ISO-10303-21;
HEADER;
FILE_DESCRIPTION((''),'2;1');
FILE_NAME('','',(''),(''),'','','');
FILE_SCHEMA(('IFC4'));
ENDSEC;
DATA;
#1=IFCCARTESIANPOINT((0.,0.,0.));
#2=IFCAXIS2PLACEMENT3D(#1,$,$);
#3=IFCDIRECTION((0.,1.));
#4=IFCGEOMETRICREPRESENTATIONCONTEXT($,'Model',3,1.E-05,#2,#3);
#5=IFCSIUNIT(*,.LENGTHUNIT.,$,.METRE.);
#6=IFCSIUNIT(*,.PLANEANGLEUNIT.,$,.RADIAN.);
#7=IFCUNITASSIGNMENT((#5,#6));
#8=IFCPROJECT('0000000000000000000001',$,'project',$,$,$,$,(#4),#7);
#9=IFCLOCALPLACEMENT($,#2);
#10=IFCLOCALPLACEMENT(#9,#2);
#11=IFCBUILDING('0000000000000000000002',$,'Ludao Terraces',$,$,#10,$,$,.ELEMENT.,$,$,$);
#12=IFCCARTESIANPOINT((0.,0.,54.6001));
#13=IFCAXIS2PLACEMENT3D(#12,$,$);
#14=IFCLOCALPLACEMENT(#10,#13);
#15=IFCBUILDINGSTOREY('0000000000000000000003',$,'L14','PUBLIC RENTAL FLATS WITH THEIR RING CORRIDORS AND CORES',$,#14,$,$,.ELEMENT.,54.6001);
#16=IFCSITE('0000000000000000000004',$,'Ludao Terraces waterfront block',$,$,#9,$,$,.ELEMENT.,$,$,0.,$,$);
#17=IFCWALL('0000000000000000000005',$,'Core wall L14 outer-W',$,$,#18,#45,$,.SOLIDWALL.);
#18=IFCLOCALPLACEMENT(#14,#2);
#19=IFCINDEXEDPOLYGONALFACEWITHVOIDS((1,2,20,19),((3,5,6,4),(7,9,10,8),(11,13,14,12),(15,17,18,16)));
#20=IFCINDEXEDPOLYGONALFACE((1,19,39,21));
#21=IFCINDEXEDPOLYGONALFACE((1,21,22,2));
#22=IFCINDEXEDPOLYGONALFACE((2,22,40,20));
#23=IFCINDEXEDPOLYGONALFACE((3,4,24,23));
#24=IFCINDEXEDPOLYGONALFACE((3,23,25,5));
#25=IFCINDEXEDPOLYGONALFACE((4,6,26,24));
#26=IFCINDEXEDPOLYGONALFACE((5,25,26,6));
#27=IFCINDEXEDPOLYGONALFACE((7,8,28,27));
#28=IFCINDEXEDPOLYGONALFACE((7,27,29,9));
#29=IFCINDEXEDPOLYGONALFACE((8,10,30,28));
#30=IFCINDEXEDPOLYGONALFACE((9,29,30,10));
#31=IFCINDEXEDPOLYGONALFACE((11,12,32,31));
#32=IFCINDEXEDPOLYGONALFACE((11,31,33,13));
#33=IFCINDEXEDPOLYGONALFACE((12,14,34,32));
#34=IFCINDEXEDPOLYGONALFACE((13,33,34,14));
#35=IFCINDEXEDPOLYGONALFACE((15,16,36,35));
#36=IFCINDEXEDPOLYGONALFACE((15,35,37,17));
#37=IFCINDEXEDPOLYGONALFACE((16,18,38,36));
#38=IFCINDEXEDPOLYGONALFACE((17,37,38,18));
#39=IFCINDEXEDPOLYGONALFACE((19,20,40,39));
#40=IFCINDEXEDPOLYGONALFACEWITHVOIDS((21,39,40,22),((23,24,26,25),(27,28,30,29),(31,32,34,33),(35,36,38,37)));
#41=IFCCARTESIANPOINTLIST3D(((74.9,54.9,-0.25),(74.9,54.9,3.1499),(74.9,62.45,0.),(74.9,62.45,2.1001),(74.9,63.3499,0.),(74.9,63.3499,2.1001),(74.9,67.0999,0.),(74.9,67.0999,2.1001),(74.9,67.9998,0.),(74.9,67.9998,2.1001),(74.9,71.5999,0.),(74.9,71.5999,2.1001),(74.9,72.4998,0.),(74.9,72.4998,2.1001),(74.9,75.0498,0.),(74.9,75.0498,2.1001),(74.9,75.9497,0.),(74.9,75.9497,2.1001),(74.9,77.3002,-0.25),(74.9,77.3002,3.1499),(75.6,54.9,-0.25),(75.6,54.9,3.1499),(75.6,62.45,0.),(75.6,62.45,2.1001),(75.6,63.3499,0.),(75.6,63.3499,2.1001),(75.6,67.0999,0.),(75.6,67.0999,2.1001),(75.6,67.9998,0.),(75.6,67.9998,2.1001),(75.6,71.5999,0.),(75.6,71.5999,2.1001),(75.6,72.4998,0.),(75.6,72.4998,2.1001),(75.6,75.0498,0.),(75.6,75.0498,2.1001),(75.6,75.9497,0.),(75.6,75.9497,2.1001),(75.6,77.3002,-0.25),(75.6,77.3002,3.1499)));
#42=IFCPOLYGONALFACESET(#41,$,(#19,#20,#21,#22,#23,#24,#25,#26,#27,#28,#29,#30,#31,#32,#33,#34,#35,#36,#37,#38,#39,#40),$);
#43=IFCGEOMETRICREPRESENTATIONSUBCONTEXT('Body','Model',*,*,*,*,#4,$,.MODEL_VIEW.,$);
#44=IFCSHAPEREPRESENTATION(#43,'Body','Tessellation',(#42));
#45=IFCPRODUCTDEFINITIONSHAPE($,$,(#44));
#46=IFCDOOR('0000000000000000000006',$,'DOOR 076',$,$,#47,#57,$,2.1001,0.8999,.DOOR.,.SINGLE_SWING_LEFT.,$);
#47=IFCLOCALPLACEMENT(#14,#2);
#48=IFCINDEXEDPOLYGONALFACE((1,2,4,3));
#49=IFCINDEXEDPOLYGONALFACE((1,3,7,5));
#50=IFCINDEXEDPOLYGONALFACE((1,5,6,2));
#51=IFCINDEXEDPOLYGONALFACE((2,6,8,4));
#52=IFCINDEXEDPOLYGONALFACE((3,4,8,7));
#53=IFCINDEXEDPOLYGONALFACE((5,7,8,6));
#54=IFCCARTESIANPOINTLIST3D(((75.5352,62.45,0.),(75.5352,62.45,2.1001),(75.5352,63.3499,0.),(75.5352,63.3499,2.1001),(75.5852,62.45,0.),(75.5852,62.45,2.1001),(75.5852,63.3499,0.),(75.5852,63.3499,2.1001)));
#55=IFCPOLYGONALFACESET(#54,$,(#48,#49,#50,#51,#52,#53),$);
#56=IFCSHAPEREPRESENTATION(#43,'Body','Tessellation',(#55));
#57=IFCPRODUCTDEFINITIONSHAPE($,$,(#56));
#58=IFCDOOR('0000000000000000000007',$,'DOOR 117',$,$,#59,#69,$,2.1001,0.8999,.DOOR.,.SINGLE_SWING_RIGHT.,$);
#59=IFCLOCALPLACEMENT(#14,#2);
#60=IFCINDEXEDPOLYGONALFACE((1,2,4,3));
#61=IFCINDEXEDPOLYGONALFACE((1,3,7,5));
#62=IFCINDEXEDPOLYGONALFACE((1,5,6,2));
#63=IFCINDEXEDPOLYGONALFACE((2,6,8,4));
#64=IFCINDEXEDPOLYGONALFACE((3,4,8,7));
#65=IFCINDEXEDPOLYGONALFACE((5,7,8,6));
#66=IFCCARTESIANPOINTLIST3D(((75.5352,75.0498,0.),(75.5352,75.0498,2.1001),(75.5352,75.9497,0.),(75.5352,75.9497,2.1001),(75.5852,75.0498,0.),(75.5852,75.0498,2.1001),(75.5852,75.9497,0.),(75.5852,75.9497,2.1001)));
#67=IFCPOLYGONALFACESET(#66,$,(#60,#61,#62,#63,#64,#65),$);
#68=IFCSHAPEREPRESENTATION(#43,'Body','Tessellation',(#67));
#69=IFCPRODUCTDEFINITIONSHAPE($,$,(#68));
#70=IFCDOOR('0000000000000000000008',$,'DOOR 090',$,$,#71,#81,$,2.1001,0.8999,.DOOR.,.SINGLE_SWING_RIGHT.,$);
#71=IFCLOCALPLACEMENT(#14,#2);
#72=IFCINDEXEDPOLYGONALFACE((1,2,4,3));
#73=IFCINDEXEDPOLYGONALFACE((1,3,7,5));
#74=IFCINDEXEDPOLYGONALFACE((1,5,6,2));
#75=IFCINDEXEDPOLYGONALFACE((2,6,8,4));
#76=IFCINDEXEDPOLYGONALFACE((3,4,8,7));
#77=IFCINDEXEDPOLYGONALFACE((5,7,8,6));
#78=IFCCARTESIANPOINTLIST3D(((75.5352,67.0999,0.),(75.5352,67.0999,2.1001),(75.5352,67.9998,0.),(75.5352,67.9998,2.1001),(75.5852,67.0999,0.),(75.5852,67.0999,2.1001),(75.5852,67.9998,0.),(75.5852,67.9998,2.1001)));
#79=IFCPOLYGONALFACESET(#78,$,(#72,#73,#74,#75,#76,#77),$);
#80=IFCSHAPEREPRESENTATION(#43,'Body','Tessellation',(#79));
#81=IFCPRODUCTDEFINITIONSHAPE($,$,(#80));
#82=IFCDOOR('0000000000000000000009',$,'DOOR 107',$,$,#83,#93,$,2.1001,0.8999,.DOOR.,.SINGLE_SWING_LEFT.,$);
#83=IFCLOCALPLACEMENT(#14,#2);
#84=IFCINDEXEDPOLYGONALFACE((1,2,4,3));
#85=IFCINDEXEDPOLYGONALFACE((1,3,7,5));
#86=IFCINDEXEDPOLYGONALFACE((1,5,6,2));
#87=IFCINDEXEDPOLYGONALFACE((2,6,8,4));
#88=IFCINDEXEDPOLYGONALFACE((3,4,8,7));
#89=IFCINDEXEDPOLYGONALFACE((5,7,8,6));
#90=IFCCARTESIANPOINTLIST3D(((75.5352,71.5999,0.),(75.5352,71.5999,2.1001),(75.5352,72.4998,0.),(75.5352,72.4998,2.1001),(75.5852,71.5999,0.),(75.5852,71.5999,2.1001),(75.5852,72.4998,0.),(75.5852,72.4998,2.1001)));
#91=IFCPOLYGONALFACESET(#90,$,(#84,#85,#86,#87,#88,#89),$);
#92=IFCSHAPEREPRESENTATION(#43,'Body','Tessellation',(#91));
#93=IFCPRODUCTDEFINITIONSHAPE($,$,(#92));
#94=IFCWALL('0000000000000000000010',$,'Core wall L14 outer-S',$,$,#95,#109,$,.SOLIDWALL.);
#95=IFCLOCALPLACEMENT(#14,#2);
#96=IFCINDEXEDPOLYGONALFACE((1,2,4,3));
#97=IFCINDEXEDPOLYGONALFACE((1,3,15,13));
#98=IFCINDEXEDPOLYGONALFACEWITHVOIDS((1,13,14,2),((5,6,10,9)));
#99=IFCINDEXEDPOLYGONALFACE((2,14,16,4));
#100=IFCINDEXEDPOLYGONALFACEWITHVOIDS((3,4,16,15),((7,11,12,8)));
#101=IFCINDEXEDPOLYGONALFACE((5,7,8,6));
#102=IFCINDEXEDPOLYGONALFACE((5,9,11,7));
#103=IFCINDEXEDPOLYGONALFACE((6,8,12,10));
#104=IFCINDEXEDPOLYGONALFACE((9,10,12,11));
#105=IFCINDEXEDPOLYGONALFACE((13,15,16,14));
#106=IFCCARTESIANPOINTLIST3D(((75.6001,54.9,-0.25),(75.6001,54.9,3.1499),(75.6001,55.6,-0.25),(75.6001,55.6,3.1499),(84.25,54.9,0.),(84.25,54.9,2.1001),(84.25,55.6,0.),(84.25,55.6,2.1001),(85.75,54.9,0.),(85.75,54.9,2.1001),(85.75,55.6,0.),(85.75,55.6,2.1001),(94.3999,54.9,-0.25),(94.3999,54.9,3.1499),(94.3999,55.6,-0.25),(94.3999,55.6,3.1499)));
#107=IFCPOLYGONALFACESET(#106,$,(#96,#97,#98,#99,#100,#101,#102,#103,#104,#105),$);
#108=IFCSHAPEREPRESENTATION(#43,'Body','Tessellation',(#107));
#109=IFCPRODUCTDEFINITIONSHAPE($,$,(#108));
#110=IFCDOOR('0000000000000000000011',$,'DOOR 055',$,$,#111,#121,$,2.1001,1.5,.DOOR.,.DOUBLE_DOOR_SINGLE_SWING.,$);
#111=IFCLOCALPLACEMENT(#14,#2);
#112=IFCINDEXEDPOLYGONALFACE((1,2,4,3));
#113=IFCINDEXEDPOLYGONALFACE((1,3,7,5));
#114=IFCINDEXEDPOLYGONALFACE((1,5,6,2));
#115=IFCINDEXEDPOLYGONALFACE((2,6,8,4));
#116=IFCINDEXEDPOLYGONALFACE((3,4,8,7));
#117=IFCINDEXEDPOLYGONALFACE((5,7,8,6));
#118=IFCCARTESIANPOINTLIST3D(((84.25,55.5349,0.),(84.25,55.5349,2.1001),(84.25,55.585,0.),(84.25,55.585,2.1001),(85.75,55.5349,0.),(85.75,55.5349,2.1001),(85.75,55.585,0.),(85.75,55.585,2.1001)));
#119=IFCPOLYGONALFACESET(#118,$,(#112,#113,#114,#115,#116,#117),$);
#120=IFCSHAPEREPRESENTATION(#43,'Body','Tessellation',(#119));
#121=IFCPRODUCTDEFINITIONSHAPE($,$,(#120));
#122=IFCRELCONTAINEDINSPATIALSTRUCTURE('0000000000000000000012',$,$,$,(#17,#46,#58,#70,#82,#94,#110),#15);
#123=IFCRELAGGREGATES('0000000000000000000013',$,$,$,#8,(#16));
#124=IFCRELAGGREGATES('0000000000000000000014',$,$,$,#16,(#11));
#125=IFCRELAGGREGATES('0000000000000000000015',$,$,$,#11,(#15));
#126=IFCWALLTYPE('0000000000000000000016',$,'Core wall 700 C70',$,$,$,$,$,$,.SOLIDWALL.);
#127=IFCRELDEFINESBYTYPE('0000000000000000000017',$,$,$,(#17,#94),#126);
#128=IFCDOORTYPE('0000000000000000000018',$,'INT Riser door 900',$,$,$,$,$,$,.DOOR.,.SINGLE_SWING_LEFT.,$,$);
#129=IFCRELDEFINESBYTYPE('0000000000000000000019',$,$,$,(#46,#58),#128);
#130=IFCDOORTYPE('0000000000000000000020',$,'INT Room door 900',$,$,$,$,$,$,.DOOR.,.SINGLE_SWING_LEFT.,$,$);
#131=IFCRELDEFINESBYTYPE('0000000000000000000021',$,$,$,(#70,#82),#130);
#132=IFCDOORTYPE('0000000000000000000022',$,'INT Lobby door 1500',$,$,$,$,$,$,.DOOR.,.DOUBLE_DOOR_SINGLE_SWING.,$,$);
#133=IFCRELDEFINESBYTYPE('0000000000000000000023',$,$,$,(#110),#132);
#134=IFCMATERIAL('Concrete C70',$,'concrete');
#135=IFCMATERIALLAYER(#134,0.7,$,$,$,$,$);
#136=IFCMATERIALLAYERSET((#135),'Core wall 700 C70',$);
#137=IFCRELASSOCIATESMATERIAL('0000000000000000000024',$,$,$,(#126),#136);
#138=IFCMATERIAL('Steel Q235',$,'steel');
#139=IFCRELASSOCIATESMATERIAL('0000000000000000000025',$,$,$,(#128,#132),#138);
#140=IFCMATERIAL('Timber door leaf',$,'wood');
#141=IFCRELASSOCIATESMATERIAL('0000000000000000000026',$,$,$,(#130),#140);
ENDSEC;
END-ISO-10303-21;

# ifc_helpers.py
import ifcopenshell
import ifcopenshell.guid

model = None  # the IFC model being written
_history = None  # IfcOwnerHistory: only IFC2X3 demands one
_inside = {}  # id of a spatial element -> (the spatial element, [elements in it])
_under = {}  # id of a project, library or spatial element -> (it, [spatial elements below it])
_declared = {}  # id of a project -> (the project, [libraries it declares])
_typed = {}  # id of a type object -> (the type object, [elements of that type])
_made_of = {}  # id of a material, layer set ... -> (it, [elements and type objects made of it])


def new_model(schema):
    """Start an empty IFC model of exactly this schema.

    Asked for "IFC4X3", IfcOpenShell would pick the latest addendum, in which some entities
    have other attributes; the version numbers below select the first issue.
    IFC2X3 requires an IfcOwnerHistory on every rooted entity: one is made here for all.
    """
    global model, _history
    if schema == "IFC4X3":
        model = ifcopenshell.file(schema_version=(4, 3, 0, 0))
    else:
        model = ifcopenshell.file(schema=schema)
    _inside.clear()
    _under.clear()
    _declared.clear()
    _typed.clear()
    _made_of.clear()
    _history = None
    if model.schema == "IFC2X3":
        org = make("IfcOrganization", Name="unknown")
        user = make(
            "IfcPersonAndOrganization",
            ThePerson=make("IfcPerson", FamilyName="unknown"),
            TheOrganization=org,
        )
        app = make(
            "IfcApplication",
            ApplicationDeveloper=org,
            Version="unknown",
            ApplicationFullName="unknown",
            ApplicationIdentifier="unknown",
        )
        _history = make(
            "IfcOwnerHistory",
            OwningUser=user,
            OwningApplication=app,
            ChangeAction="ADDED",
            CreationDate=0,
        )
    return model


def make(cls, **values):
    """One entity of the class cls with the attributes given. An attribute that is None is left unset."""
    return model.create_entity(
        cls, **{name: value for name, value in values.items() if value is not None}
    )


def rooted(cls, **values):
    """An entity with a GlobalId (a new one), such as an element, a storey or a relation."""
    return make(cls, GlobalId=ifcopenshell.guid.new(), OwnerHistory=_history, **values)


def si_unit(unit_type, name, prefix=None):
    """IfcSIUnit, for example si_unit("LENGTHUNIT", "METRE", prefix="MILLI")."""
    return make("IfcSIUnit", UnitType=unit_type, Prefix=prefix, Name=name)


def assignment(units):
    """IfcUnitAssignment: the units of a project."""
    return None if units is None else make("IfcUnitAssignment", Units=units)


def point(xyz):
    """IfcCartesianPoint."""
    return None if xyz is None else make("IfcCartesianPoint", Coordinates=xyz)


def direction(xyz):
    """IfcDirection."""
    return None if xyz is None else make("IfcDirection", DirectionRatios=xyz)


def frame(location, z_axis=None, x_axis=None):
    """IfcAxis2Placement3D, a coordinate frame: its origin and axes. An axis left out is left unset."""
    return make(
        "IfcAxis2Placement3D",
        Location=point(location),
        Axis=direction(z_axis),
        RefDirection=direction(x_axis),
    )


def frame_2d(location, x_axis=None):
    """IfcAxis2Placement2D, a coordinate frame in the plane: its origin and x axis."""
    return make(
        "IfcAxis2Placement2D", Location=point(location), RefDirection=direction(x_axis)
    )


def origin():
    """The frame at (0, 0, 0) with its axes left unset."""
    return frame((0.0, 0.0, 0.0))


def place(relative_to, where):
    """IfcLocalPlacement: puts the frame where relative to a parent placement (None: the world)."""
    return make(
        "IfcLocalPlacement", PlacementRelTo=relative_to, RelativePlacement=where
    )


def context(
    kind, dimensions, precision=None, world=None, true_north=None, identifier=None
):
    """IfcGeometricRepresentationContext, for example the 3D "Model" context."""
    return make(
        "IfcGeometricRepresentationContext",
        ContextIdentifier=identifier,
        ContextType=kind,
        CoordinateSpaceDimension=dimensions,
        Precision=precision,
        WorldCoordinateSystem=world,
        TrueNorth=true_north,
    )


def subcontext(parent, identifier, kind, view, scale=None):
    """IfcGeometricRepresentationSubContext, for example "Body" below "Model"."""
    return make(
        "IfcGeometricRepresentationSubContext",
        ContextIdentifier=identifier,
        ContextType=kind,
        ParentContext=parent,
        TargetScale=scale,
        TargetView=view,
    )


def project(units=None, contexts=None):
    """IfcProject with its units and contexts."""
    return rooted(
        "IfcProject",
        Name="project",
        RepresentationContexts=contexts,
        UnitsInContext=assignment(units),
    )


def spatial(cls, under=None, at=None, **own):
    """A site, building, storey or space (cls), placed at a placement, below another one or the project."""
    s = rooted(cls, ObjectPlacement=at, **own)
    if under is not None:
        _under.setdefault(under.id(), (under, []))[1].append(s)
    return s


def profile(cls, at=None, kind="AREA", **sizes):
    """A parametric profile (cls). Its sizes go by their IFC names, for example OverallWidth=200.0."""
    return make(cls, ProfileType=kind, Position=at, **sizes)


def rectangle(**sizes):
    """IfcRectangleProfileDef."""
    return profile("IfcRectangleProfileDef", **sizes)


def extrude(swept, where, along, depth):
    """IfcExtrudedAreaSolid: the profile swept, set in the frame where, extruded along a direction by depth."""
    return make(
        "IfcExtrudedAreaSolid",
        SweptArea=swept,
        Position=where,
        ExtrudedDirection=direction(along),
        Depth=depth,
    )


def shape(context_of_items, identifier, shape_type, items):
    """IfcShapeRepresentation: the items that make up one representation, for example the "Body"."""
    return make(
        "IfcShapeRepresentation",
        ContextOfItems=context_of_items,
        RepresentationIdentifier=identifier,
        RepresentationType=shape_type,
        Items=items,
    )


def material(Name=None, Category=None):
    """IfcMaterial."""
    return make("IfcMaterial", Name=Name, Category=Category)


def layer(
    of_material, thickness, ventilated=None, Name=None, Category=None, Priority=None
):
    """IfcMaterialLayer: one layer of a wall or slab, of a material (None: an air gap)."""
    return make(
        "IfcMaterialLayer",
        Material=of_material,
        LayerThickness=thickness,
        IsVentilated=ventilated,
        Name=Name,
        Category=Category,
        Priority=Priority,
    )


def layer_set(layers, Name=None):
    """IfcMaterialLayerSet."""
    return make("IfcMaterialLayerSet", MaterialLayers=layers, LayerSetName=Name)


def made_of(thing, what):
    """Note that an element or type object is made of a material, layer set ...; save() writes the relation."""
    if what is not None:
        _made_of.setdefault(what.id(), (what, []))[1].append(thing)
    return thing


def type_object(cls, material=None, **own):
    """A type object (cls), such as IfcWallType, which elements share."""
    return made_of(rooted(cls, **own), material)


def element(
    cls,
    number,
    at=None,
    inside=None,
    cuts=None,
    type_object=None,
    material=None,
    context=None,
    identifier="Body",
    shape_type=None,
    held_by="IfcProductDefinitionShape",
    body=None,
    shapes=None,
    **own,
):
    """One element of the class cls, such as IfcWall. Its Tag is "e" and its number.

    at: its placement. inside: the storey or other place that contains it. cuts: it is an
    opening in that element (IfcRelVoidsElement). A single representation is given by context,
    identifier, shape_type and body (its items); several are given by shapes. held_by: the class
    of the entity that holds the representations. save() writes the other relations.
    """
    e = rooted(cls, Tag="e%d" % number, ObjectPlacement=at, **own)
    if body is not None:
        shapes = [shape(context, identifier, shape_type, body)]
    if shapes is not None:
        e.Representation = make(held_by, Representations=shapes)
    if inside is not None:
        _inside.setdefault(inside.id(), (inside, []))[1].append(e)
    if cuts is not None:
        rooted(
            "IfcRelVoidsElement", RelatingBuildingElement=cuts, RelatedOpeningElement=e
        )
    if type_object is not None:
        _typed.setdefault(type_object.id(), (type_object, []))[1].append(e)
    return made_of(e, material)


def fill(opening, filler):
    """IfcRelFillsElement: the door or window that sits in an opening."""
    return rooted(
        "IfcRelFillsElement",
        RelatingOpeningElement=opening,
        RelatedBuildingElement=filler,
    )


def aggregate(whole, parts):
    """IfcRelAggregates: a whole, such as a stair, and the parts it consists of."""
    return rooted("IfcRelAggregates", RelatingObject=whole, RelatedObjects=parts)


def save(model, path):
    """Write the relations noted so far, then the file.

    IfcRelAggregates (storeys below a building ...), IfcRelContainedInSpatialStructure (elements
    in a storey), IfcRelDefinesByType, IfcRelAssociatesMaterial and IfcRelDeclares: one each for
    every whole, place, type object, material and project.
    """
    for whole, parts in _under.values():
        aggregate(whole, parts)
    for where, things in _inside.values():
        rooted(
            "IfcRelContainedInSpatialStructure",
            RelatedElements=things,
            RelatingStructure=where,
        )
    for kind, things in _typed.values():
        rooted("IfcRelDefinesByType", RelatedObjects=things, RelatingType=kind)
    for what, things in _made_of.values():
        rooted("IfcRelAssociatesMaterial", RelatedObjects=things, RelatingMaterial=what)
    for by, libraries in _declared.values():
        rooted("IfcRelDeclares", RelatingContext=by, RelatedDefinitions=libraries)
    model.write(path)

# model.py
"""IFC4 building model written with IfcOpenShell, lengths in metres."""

from ifc_helpers import new_model, si_unit, direction, frame, frame_2d, origin, place, context, subcontext, project, spatial, rectangle, extrude, material, layer, layer_set, type_object, element, fill, save


model = new_model("IFC4")

# Units and contexts
model_context = context("Model", 3, precision=1e-05, world=origin(), true_north=direction((0.0, 1.0)))
body_context = subcontext(model_context, "Body", "Model", "MODEL_VIEW")
ifc_project = project(units=[si_unit("LENGTHUNIT", "METRE"), si_unit("PLANEANGLEUNIT", "RADIAN")], contexts=[model_context])

# Site, building, storey
site_placement = place(None, origin())
site = spatial("IfcSite", under=ifc_project, at=site_placement, Name="Ludao Terraces waterfront block", CompositionType="ELEMENT", RefElevation=0.0)
building_placement = place(site_placement, origin())
building = spatial("IfcBuilding", under=site, at=building_placement, Name="Ludao Terraces", CompositionType="ELEMENT")
storey_placement = place(building_placement, frame((0.0, 0.0, 54.6001)))
storey = spatial("IfcBuildingStorey", under=building, at=storey_placement, Name="L14", Description="PUBLIC RENTAL FLATS WITH THEIR RING CORRIDORS AND CORES", CompositionType="ELEMENT", Elevation=54.6001)

# Wall, openings, doors
ifc_material_1 = material(Name="Concrete C70", Category="concrete")
ifc_layer_1 = layer(ifc_material_1, 0.7)
ifc_layer_set_1 = layer_set([ifc_layer_1], Name="Core wall 700 C70")
wall_type_1 = type_object("IfcWallType", Name="Core wall 700 C70", PredefinedType="SOLIDWALL", material=ifc_layer_set_1)
wall_1_placement = place(storey_placement, frame((75.25, 54.8999, -0.25), z_axis=(0.0, 0.0, 1.0), x_axis=(0.0, 1.0, 0.0)))
wall_1 = element("IfcWall", 1, at=wall_1_placement, inside=storey, type_object=wall_type_1, Name="Core wall L14 outer-W", PredefinedType="SOLIDWALL", context=body_context, shape_type="SweptSolid", body=[
    extrude(rectangle(XDim=22.4001, YDim=0.7, at=frame_2d((11.2002, 0.0))), origin(), (0.0, 0.0, 1.0), 3.3999),
])
opening_1_placement = place(wall_1_placement, frame((7.55, 0.0, 0.25)))
opening_1 = element("IfcOpeningElement", 2, at=opening_1_placement, cuts=wall_1, PredefinedType="OPENING", context=body_context, shape_type="SweptSolid", body=[
    extrude(rectangle(XDim=0.8999, YDim=2.1001, at=frame_2d((0.45, 1.05))), frame((0.0, 0.3599, 0.0), z_axis=(0.0, -1.0, 0.0), x_axis=(1.0, 0.0, 0.0)), (0.0, 0.0, 1.0), 0.72),
])
opening_2_placement = place(wall_1_placement, frame((12.2, 0.0, 0.25)))
opening_2 = element("IfcOpeningElement", 3, at=opening_2_placement, cuts=wall_1, PredefinedType="OPENING", context=body_context, shape_type="SweptSolid", body=[
    extrude(rectangle(XDim=0.8999, YDim=2.1001, at=frame_2d((0.45, 1.05))), frame((0.0, 0.3599, 0.0), z_axis=(0.0, -1.0, 0.0), x_axis=(1.0, 0.0, 0.0)), (0.0, 0.0, 1.0), 0.72),
])
opening_3_placement = place(wall_1_placement, frame((16.7, 0.0, 0.25)))
opening_3 = element("IfcOpeningElement", 4, at=opening_3_placement, cuts=wall_1, PredefinedType="OPENING", context=body_context, shape_type="SweptSolid", body=[
    extrude(rectangle(XDim=0.8999, YDim=2.1001, at=frame_2d((0.45, 1.05))), frame((0.0, 0.3599, 0.0), z_axis=(0.0, -1.0, 0.0), x_axis=(1.0, 0.0, 0.0)), (0.0, 0.0, 1.0), 0.72),
])
opening_4_placement = place(wall_1_placement, frame((20.1499, 0.0, 0.25)))
opening_4 = element("IfcOpeningElement", 5, at=opening_4_placement, cuts=wall_1, PredefinedType="OPENING", context=body_context, shape_type="SweptSolid", body=[
    extrude(rectangle(XDim=0.8999, YDim=2.1001, at=frame_2d((0.45, 1.05))), frame((0.0, 0.3599, 0.0), z_axis=(0.0, -1.0, 0.0), x_axis=(1.0, 0.0, 0.0)), (0.0, 0.0, 1.0), 0.72),
])
ifc_material_2 = material(Name="Steel Q235", Category="steel")
door_type_1 = type_object("IfcDoorType", Name="INT Riser door 900", OperationType="SINGLE_SWING_LEFT", PredefinedType="DOOR", material=ifc_material_2)
door_1_placement = place(opening_1_placement, origin())
door_1 = element("IfcDoor", 6, at=door_1_placement, inside=storey, type_object=door_type_1, Name="DOOR 076", OperationType="SINGLE_SWING_LEFT", OverallHeight=2.1001, OverallWidth=0.8999, PredefinedType="DOOR", context=body_context, shape_type="SweptSolid", body=[
    extrude(rectangle(XDim=0.8999, YDim=2.1001, at=frame_2d((0.45, 1.05))), frame((0.0, -0.2852, 0.0), z_axis=(0.0, -1.0, 0.0), x_axis=(1.0, 0.0, 0.0)), (0.0, 0.0, 1.0), 0.05),
])
fill(opening_1, door_1)
door_2_placement = place(opening_4_placement, origin())
door_2 = element("IfcDoor", 7, at=door_2_placement, inside=storey, type_object=door_type_1, Name="DOOR 117", OperationType="SINGLE_SWING_RIGHT", OverallHeight=2.1001, OverallWidth=0.8999, PredefinedType="DOOR", context=body_context, shape_type="SweptSolid", body=[
    extrude(rectangle(XDim=0.8999, YDim=2.1001, at=frame_2d((0.45, 1.05))), frame((0.0, -0.2852, 0.0), z_axis=(0.0, -1.0, 0.0), x_axis=(1.0, 0.0, 0.0)), (0.0, 0.0, 1.0), 0.05),
])
fill(opening_4, door_2)
ifc_material_3 = material(Name="Timber door leaf", Category="wood")
door_type_2 = type_object("IfcDoorType", Name="INT Room door 900", OperationType="SINGLE_SWING_LEFT", PredefinedType="DOOR", material=ifc_material_3)
door_3_placement = place(opening_2_placement, origin())
door_3 = element("IfcDoor", 8, at=door_3_placement, inside=storey, type_object=door_type_2, Name="DOOR 090", OperationType="SINGLE_SWING_RIGHT", OverallHeight=2.1001, OverallWidth=0.8999, PredefinedType="DOOR", context=body_context, shape_type="SweptSolid", body=[
    extrude(rectangle(XDim=0.8999, YDim=2.1001, at=frame_2d((0.45, 1.05))), frame((0.0, -0.2852, 0.0), z_axis=(0.0, -1.0, 0.0), x_axis=(1.0, 0.0, 0.0)), (0.0, 0.0, 1.0), 0.05),
])
fill(opening_2, door_3)
door_4_placement = place(opening_3_placement, origin())
door_4 = element("IfcDoor", 9, at=door_4_placement, inside=storey, type_object=door_type_2, Name="DOOR 107", OperationType="SINGLE_SWING_LEFT", OverallHeight=2.1001, OverallWidth=0.8999, PredefinedType="DOOR", context=body_context, shape_type="SweptSolid", body=[
    extrude(rectangle(XDim=0.8999, YDim=2.1001, at=frame_2d((0.45, 1.05))), frame((0.0, -0.2852, 0.0), z_axis=(0.0, -1.0, 0.0), x_axis=(1.0, 0.0, 0.0)), (0.0, 0.0, 1.0), 0.05),
])
fill(opening_3, door_4)

# Wall, opening, door
wall_2_placement = place(storey_placement, frame((75.6001, 55.25, -0.25), z_axis=(0.0, 0.0, 1.0), x_axis=(1.0, 0.0, 0.0)))
wall_2 = element("IfcWall", 10, at=wall_2_placement, inside=storey, type_object=wall_type_1, Name="Core wall L14 outer-S", PredefinedType="SOLIDWALL", context=body_context, shape_type="SweptSolid", body=[
    extrude(rectangle(XDim=18.7998, YDim=0.7, at=frame_2d((9.3999, 0.0))), origin(), (0.0, 0.0, 1.0), 3.3999),
])
opening_5_placement = place(wall_2_placement, frame((8.6499, 0.0, 0.25)))
opening_5 = element("IfcOpeningElement", 11, at=opening_5_placement, cuts=wall_2, PredefinedType="OPENING", context=body_context, shape_type="SweptSolid", body=[
    extrude(rectangle(XDim=1.5, YDim=2.1001, at=frame_2d((0.75, 1.05))), frame((0.0, 0.3599, 0.0), z_axis=(0.0, -1.0, 0.0), x_axis=(1.0, 0.0, 0.0)), (0.0, 0.0, 1.0), 0.72),
])
door_type_3 = type_object("IfcDoorType", Name="INT Lobby door 1500", OperationType="DOUBLE_DOOR_SINGLE_SWING", PredefinedType="DOOR", material=ifc_material_2)
door_5_placement = place(opening_5_placement, origin())
door_5 = element("IfcDoor", 12, at=door_5_placement, inside=storey, type_object=door_type_3, Name="DOOR 055", OperationType="DOUBLE_DOOR_SINGLE_SWING", OverallHeight=2.1001, OverallWidth=1.5, PredefinedType="DOOR", context=body_context, shape_type="SweptSolid", body=[
    extrude(rectangle(XDim=1.5, YDim=2.1001, at=frame_2d((0.75, 1.05))), frame((0.0, 0.335, 0.0), z_axis=(0.0, -1.0, 0.0), x_axis=(1.0, 0.0, 0.0)), (0.0, 0.0, 1.0), 0.05),
])
fill(opening_5, door_5)

save(model, "model.ifc")
